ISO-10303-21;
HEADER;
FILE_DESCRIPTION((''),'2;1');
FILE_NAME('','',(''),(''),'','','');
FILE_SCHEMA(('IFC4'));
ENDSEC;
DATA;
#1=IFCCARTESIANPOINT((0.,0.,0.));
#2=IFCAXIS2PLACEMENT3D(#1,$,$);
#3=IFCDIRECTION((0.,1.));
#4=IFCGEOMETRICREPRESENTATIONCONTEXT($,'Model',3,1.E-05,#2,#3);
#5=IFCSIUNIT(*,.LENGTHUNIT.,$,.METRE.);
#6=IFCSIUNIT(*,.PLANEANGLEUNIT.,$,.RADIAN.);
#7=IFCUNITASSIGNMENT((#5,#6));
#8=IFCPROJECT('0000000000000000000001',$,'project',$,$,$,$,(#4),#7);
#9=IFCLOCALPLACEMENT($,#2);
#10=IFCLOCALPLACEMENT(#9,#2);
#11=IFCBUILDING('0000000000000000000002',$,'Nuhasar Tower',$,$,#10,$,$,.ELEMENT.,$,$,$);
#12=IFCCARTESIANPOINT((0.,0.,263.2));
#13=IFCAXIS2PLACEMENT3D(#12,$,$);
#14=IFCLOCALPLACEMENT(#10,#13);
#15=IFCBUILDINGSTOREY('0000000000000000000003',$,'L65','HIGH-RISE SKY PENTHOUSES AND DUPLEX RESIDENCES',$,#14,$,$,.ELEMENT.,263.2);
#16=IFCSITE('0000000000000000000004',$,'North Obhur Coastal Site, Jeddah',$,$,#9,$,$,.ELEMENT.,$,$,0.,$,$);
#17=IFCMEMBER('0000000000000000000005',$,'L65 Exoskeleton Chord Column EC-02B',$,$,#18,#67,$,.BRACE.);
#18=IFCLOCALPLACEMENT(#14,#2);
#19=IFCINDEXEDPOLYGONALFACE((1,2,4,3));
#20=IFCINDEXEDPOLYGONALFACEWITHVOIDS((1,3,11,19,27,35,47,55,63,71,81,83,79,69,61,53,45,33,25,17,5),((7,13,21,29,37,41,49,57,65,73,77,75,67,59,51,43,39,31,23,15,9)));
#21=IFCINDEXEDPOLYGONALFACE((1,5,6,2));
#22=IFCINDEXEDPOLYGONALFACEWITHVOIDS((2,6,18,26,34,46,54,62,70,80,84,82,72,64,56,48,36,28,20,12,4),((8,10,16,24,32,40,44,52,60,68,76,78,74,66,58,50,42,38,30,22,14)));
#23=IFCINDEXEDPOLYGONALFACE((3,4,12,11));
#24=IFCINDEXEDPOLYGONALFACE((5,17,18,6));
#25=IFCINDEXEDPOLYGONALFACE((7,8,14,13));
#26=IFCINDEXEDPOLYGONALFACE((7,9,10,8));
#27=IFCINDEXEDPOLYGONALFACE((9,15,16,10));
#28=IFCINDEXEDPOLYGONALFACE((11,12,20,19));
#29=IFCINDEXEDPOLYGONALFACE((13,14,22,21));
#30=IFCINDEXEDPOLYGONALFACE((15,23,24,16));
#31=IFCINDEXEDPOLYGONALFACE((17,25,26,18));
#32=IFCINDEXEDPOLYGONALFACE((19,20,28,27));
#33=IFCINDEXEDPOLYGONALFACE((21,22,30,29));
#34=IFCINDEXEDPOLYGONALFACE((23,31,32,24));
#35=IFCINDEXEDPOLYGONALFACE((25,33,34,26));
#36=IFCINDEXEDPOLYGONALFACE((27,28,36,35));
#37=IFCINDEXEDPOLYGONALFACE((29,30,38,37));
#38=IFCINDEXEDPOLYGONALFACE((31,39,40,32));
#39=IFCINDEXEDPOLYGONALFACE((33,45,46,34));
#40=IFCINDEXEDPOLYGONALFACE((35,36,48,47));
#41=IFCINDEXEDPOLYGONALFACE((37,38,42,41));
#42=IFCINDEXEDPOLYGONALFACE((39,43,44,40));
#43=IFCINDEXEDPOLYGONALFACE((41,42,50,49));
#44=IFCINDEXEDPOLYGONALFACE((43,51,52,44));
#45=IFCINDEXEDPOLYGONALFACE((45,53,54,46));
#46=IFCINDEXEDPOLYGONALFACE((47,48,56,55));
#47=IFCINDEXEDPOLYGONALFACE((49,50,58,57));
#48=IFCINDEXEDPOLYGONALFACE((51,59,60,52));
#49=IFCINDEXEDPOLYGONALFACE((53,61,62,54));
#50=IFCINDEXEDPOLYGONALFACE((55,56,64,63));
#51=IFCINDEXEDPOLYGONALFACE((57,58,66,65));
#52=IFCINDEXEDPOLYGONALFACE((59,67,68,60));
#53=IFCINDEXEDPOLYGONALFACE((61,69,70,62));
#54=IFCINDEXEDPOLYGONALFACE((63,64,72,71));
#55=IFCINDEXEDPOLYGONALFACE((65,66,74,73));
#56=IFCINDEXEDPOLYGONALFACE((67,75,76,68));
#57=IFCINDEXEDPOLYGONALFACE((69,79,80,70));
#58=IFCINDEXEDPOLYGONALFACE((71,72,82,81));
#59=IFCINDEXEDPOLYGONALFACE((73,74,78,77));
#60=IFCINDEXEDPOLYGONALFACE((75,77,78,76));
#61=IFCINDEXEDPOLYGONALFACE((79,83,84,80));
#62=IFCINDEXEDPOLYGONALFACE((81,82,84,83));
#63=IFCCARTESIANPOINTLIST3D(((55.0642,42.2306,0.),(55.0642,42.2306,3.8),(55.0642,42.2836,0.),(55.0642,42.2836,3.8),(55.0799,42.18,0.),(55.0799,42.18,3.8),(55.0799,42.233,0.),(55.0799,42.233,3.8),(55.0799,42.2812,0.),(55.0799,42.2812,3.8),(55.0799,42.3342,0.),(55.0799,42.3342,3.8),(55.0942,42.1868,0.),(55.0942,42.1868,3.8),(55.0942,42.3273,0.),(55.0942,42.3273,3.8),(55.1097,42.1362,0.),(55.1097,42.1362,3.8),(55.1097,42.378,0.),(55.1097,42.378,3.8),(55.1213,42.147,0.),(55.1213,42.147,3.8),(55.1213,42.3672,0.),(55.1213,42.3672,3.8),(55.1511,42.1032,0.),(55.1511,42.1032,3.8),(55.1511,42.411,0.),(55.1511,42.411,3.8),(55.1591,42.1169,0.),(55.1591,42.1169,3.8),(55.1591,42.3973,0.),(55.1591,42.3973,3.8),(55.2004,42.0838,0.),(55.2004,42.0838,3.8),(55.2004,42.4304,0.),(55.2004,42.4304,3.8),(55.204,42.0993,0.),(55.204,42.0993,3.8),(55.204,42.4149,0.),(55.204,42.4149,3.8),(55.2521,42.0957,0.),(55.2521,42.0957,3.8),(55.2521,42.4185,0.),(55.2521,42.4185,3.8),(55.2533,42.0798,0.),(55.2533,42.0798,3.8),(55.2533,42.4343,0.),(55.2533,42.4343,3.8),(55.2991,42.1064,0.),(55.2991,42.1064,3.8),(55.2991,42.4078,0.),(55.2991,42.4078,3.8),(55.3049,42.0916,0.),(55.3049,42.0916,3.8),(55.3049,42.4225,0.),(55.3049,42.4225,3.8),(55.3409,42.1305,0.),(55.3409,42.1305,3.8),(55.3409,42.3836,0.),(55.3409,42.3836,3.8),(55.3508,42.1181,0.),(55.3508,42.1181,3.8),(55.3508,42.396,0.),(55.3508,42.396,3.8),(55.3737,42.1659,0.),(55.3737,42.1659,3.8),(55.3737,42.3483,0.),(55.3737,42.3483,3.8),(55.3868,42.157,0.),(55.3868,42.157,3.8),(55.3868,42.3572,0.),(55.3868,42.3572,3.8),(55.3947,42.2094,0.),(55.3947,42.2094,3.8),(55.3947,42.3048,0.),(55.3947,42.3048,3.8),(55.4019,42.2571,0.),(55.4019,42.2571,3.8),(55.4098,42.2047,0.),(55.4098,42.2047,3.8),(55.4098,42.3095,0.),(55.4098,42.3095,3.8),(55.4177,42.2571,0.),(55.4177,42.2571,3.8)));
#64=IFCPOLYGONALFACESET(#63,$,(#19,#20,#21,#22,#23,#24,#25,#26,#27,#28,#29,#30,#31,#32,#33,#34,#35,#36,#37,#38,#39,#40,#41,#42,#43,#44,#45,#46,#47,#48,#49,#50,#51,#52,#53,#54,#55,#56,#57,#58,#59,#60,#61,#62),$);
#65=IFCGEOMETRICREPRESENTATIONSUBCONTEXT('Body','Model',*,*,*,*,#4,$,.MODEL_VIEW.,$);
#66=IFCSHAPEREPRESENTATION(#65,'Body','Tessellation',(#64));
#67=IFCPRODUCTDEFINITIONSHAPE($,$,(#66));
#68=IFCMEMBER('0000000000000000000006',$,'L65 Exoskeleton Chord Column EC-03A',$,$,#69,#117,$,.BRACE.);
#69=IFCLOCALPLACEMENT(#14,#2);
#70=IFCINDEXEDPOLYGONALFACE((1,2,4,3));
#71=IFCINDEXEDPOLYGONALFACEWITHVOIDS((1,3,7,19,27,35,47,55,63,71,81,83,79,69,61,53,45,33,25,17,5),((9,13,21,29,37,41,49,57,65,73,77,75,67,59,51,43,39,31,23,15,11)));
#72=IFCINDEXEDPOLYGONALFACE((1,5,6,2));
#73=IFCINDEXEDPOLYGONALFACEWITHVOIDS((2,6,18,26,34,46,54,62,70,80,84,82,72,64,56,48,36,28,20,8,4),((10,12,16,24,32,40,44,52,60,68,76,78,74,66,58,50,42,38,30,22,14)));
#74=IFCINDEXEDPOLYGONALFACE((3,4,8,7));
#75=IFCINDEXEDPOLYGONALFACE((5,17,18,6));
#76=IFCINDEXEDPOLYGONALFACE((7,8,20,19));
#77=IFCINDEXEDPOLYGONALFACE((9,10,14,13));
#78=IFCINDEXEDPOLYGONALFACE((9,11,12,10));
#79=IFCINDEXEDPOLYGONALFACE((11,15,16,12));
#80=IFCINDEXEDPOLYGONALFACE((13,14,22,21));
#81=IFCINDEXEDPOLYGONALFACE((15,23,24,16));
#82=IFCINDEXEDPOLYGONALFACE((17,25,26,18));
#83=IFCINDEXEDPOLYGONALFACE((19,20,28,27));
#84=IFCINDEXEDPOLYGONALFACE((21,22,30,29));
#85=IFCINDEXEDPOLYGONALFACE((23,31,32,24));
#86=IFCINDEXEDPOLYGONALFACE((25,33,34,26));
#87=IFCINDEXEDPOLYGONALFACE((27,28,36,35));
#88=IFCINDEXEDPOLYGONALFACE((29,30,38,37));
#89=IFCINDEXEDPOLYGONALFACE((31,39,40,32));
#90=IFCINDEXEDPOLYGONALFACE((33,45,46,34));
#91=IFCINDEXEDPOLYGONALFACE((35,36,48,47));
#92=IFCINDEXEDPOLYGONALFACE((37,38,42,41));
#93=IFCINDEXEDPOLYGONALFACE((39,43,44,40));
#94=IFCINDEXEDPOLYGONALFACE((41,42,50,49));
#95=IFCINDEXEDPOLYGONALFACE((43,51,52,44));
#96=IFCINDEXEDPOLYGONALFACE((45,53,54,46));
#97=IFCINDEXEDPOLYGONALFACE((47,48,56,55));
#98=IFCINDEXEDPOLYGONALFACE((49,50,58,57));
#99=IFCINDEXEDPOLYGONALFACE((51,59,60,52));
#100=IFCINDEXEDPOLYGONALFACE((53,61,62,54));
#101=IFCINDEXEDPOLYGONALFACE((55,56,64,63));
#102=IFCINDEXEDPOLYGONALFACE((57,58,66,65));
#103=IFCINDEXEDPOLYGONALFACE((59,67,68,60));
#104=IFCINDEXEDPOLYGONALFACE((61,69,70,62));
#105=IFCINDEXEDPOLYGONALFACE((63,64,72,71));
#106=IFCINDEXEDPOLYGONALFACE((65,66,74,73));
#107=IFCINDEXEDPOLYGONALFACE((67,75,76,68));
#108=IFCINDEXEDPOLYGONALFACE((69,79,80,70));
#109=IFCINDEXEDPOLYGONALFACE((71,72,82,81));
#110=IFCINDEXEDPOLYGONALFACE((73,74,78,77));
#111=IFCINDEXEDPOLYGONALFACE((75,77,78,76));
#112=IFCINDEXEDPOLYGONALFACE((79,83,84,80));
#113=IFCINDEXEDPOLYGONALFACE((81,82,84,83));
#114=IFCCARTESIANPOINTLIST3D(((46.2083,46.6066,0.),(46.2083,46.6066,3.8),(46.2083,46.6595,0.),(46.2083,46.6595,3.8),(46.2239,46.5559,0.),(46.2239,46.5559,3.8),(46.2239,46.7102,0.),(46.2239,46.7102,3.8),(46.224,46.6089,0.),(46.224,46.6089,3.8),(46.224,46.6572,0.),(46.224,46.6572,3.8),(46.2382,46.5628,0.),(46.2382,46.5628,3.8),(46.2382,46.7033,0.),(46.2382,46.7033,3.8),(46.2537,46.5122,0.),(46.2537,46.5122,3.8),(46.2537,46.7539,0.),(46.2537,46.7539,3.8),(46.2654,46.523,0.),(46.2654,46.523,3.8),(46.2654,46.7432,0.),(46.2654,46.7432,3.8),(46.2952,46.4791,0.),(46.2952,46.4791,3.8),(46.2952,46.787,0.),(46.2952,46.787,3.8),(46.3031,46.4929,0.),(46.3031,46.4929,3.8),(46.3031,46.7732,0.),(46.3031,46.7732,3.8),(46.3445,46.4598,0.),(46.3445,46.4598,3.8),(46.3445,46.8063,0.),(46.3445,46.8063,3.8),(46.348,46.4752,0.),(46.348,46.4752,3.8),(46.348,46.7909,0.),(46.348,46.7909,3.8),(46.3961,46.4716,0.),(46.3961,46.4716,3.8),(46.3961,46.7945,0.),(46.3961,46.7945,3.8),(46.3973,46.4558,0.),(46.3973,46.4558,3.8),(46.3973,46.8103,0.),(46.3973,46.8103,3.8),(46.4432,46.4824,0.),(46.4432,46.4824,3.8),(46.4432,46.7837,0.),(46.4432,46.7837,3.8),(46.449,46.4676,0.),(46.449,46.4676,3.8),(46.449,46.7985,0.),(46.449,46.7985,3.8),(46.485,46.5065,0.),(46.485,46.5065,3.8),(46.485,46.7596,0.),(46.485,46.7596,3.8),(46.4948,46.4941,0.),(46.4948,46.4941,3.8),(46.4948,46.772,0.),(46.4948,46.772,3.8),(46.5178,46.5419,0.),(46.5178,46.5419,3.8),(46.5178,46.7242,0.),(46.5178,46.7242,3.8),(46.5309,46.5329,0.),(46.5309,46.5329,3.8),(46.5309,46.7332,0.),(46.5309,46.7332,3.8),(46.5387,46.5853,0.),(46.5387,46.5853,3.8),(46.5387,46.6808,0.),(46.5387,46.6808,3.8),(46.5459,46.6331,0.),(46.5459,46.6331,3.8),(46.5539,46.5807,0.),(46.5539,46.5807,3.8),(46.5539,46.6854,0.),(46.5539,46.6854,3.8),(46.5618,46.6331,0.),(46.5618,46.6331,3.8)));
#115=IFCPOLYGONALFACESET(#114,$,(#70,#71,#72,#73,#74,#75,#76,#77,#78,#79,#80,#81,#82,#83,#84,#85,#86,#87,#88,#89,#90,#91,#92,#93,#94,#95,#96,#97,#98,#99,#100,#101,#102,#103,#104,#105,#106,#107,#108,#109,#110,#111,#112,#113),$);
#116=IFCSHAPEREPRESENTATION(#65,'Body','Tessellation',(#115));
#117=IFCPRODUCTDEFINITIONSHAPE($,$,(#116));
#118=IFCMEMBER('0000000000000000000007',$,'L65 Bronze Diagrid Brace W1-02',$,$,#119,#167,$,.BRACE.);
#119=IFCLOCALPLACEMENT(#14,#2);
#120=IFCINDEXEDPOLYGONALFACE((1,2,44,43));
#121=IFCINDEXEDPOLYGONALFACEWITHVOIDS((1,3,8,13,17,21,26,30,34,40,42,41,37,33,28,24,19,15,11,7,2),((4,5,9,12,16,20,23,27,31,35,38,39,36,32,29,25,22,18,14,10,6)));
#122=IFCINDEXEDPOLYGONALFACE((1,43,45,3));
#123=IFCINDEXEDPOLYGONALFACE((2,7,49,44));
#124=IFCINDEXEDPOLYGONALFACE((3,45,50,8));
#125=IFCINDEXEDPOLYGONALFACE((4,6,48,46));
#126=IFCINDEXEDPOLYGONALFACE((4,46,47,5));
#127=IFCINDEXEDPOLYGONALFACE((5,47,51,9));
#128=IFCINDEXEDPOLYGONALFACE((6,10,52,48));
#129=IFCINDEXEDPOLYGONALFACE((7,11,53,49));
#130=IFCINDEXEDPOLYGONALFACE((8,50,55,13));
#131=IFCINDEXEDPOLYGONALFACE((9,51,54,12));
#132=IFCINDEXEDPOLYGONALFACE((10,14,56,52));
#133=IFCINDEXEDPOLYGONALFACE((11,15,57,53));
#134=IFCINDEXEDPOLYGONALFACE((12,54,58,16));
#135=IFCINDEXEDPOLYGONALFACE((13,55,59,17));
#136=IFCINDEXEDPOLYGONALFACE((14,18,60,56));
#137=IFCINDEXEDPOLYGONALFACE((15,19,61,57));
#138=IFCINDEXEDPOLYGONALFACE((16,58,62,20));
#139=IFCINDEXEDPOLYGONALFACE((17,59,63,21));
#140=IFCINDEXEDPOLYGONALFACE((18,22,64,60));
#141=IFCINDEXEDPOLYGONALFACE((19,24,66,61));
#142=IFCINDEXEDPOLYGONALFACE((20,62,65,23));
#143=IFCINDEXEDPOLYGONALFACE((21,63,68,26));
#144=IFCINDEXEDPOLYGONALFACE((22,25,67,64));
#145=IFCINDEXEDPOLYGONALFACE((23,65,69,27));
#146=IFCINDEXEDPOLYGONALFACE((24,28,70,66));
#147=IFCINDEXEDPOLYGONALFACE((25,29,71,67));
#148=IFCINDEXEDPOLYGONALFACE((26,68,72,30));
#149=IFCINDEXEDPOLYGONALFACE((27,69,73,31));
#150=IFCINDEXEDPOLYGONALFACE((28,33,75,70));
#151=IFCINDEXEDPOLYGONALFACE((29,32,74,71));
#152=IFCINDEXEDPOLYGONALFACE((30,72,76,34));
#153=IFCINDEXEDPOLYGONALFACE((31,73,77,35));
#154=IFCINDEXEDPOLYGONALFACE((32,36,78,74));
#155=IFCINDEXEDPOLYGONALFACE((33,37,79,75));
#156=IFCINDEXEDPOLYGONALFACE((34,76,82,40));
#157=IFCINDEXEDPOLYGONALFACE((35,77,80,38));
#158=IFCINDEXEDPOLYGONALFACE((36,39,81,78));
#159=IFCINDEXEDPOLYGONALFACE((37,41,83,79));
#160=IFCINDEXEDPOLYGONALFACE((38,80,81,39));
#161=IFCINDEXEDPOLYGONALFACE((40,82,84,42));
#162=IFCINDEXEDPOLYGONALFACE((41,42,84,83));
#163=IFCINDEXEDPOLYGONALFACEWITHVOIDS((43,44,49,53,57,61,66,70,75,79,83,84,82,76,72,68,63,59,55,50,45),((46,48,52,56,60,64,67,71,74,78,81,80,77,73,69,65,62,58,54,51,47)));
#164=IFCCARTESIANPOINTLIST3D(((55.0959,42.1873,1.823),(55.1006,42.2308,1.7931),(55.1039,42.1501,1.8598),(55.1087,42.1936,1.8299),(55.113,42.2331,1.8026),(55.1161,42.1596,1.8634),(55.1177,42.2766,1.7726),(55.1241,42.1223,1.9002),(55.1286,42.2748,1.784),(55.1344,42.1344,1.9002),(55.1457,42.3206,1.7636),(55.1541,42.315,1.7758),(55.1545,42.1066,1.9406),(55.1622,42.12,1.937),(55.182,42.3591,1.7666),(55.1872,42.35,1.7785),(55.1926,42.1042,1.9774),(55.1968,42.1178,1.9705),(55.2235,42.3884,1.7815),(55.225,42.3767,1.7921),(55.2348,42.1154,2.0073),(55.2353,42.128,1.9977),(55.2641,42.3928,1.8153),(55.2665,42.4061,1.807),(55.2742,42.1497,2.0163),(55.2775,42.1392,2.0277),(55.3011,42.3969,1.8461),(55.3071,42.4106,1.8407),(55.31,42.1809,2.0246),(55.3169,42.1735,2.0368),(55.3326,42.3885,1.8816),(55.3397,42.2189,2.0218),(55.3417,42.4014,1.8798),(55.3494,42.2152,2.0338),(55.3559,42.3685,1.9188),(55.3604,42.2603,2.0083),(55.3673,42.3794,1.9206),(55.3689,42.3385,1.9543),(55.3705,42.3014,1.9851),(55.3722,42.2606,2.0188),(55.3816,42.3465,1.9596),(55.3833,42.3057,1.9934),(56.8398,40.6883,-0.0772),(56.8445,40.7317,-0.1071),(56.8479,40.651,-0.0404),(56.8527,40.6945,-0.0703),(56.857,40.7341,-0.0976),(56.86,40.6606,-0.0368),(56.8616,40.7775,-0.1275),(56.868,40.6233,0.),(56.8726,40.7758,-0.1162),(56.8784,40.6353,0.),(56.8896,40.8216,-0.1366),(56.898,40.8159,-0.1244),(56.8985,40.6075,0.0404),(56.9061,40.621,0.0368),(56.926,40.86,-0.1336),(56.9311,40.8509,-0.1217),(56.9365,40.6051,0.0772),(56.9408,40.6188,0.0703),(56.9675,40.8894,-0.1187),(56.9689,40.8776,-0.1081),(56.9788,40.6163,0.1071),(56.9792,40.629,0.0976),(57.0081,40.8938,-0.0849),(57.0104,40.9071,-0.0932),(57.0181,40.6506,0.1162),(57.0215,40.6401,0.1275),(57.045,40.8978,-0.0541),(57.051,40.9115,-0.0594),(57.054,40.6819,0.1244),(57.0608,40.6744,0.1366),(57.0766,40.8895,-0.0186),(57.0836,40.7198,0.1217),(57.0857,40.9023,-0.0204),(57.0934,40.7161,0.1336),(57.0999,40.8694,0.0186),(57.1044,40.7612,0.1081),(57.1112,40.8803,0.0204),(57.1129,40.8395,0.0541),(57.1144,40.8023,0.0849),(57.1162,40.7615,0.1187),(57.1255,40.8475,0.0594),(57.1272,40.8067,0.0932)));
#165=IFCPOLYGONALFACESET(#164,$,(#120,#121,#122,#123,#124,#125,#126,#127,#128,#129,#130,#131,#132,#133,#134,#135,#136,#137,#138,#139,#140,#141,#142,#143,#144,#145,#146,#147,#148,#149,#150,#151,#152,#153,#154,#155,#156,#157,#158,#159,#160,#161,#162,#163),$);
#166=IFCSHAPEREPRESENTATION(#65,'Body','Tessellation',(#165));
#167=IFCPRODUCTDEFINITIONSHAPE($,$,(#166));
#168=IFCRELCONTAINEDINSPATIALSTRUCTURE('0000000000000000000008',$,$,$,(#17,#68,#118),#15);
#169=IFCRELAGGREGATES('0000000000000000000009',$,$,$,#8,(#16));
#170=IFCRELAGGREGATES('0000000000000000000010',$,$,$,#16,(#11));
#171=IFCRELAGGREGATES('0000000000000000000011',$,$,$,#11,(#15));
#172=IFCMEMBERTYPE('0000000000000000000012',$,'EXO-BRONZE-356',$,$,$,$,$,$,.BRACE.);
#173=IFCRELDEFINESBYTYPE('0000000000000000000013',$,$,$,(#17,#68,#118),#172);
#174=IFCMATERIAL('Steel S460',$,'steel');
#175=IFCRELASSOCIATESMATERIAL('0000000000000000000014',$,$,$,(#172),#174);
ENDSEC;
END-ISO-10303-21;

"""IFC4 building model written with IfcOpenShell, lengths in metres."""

from ifc_helpers import new_model, si_unit, direction, frame, origin, origin_2d, place, context, subcontext, project, spatial, hollow_circle, extrude, material, material_profile, profile_set, type_object, element, save


model = new_model("IFC4")

# Units and contexts
model_context = context("Model", 3, precision=1e-05, world=origin(), true_north=direction((0.0, 1.0)))
body_context = subcontext(model_context, "Body", "Model", "MODEL_VIEW")
ifc_project = project(units=[si_unit("LENGTHUNIT", "METRE"), si_unit("PLANEANGLEUNIT", "RADIAN")], contexts=[model_context])

# Site, building, storey
site_placement = place(None, origin())
site = spatial("IfcSite", under=ifc_project, at=site_placement, Name="North Obhur Coastal Site, Jeddah", CompositionType="ELEMENT", RefElevation=0.0)
building_placement = place(site_placement, origin())
building = spatial("IfcBuilding", under=site, at=building_placement, Name="Nuhasar Tower", CompositionType="ELEMENT")
storey_placement = place(building_placement, frame((0.0, 0.0, 263.2)))
storey = spatial("IfcBuildingStorey", under=building, at=storey_placement, Name="L65", Description="HIGH-RISE SKY PENTHOUSES AND DUPLEX RESIDENCES", CompositionType="ELEMENT", Elevation=263.2)

# Members
ifc_material_1 = material(Name="Steel S460", Category="steel")
ifc_material_profile_1 = material_profile(ifc_material_1, hollow_circle(Radius=0.1777, WallThickness=0.0159, at=origin_2d()), Name="HSS355.6X15.9")
ifc_profile_set_1 = profile_set([ifc_material_profile_1], Name="Steel S460")
member_type_1 = type_object("IfcMemberType", Name="EXO-BRONZE-356", PredefinedType="BRACE", material=ifc_profile_set_1)
for number, where, z_axis, x_axis, name in (
    (1, (55.24, 42.2571, 0.0), (0.0, 0.0, 1.0), (1.0, 0.0, 0.0), "L65 Exoskeleton Chord Column EC-02B"),
    (2, (46.384, 46.6331, 0.0), (0.0, 0.0, 1.0), (1.0, 0.0, 0.0), "L65 Exoskeleton Chord Column EC-03A"),
):
    element("IfcMember", number, at=place(storey_placement, frame(where, z_axis=z_axis, x_axis=x_axis)), inside=storey, type_object=member_type_1, Name=name, PredefinedType="BRACE", context=body_context, shape_type="SweptSolid", body=[
        extrude(hollow_circle(Radius=0.1777, WallThickness=0.0159, at=origin_2d()), origin(), (0.0, 0.0, 1.0), 3.8),
    ])
member_1_placement = place(storey_placement, frame((56.9839, 40.7581, 0.0), z_axis=(-0.584595, 0.502508, 0.636973), x_axis=(-0.651857, -0.758342, 0.0)))
element("IfcMember", 3, at=member_1_placement, inside=storey, type_object=member_type_1, Name="L65 Bronze Diagrid Brace W1-02", PredefinedType="BRACE", context=body_context, shape_type="SweptSolid", body=[
    extrude(hollow_circle(Radius=0.1777, WallThickness=0.0159, at=origin_2d()), origin(), (0.0, 0.0, 1.0), 2.9832),
])

save(model, "model.ifc")
